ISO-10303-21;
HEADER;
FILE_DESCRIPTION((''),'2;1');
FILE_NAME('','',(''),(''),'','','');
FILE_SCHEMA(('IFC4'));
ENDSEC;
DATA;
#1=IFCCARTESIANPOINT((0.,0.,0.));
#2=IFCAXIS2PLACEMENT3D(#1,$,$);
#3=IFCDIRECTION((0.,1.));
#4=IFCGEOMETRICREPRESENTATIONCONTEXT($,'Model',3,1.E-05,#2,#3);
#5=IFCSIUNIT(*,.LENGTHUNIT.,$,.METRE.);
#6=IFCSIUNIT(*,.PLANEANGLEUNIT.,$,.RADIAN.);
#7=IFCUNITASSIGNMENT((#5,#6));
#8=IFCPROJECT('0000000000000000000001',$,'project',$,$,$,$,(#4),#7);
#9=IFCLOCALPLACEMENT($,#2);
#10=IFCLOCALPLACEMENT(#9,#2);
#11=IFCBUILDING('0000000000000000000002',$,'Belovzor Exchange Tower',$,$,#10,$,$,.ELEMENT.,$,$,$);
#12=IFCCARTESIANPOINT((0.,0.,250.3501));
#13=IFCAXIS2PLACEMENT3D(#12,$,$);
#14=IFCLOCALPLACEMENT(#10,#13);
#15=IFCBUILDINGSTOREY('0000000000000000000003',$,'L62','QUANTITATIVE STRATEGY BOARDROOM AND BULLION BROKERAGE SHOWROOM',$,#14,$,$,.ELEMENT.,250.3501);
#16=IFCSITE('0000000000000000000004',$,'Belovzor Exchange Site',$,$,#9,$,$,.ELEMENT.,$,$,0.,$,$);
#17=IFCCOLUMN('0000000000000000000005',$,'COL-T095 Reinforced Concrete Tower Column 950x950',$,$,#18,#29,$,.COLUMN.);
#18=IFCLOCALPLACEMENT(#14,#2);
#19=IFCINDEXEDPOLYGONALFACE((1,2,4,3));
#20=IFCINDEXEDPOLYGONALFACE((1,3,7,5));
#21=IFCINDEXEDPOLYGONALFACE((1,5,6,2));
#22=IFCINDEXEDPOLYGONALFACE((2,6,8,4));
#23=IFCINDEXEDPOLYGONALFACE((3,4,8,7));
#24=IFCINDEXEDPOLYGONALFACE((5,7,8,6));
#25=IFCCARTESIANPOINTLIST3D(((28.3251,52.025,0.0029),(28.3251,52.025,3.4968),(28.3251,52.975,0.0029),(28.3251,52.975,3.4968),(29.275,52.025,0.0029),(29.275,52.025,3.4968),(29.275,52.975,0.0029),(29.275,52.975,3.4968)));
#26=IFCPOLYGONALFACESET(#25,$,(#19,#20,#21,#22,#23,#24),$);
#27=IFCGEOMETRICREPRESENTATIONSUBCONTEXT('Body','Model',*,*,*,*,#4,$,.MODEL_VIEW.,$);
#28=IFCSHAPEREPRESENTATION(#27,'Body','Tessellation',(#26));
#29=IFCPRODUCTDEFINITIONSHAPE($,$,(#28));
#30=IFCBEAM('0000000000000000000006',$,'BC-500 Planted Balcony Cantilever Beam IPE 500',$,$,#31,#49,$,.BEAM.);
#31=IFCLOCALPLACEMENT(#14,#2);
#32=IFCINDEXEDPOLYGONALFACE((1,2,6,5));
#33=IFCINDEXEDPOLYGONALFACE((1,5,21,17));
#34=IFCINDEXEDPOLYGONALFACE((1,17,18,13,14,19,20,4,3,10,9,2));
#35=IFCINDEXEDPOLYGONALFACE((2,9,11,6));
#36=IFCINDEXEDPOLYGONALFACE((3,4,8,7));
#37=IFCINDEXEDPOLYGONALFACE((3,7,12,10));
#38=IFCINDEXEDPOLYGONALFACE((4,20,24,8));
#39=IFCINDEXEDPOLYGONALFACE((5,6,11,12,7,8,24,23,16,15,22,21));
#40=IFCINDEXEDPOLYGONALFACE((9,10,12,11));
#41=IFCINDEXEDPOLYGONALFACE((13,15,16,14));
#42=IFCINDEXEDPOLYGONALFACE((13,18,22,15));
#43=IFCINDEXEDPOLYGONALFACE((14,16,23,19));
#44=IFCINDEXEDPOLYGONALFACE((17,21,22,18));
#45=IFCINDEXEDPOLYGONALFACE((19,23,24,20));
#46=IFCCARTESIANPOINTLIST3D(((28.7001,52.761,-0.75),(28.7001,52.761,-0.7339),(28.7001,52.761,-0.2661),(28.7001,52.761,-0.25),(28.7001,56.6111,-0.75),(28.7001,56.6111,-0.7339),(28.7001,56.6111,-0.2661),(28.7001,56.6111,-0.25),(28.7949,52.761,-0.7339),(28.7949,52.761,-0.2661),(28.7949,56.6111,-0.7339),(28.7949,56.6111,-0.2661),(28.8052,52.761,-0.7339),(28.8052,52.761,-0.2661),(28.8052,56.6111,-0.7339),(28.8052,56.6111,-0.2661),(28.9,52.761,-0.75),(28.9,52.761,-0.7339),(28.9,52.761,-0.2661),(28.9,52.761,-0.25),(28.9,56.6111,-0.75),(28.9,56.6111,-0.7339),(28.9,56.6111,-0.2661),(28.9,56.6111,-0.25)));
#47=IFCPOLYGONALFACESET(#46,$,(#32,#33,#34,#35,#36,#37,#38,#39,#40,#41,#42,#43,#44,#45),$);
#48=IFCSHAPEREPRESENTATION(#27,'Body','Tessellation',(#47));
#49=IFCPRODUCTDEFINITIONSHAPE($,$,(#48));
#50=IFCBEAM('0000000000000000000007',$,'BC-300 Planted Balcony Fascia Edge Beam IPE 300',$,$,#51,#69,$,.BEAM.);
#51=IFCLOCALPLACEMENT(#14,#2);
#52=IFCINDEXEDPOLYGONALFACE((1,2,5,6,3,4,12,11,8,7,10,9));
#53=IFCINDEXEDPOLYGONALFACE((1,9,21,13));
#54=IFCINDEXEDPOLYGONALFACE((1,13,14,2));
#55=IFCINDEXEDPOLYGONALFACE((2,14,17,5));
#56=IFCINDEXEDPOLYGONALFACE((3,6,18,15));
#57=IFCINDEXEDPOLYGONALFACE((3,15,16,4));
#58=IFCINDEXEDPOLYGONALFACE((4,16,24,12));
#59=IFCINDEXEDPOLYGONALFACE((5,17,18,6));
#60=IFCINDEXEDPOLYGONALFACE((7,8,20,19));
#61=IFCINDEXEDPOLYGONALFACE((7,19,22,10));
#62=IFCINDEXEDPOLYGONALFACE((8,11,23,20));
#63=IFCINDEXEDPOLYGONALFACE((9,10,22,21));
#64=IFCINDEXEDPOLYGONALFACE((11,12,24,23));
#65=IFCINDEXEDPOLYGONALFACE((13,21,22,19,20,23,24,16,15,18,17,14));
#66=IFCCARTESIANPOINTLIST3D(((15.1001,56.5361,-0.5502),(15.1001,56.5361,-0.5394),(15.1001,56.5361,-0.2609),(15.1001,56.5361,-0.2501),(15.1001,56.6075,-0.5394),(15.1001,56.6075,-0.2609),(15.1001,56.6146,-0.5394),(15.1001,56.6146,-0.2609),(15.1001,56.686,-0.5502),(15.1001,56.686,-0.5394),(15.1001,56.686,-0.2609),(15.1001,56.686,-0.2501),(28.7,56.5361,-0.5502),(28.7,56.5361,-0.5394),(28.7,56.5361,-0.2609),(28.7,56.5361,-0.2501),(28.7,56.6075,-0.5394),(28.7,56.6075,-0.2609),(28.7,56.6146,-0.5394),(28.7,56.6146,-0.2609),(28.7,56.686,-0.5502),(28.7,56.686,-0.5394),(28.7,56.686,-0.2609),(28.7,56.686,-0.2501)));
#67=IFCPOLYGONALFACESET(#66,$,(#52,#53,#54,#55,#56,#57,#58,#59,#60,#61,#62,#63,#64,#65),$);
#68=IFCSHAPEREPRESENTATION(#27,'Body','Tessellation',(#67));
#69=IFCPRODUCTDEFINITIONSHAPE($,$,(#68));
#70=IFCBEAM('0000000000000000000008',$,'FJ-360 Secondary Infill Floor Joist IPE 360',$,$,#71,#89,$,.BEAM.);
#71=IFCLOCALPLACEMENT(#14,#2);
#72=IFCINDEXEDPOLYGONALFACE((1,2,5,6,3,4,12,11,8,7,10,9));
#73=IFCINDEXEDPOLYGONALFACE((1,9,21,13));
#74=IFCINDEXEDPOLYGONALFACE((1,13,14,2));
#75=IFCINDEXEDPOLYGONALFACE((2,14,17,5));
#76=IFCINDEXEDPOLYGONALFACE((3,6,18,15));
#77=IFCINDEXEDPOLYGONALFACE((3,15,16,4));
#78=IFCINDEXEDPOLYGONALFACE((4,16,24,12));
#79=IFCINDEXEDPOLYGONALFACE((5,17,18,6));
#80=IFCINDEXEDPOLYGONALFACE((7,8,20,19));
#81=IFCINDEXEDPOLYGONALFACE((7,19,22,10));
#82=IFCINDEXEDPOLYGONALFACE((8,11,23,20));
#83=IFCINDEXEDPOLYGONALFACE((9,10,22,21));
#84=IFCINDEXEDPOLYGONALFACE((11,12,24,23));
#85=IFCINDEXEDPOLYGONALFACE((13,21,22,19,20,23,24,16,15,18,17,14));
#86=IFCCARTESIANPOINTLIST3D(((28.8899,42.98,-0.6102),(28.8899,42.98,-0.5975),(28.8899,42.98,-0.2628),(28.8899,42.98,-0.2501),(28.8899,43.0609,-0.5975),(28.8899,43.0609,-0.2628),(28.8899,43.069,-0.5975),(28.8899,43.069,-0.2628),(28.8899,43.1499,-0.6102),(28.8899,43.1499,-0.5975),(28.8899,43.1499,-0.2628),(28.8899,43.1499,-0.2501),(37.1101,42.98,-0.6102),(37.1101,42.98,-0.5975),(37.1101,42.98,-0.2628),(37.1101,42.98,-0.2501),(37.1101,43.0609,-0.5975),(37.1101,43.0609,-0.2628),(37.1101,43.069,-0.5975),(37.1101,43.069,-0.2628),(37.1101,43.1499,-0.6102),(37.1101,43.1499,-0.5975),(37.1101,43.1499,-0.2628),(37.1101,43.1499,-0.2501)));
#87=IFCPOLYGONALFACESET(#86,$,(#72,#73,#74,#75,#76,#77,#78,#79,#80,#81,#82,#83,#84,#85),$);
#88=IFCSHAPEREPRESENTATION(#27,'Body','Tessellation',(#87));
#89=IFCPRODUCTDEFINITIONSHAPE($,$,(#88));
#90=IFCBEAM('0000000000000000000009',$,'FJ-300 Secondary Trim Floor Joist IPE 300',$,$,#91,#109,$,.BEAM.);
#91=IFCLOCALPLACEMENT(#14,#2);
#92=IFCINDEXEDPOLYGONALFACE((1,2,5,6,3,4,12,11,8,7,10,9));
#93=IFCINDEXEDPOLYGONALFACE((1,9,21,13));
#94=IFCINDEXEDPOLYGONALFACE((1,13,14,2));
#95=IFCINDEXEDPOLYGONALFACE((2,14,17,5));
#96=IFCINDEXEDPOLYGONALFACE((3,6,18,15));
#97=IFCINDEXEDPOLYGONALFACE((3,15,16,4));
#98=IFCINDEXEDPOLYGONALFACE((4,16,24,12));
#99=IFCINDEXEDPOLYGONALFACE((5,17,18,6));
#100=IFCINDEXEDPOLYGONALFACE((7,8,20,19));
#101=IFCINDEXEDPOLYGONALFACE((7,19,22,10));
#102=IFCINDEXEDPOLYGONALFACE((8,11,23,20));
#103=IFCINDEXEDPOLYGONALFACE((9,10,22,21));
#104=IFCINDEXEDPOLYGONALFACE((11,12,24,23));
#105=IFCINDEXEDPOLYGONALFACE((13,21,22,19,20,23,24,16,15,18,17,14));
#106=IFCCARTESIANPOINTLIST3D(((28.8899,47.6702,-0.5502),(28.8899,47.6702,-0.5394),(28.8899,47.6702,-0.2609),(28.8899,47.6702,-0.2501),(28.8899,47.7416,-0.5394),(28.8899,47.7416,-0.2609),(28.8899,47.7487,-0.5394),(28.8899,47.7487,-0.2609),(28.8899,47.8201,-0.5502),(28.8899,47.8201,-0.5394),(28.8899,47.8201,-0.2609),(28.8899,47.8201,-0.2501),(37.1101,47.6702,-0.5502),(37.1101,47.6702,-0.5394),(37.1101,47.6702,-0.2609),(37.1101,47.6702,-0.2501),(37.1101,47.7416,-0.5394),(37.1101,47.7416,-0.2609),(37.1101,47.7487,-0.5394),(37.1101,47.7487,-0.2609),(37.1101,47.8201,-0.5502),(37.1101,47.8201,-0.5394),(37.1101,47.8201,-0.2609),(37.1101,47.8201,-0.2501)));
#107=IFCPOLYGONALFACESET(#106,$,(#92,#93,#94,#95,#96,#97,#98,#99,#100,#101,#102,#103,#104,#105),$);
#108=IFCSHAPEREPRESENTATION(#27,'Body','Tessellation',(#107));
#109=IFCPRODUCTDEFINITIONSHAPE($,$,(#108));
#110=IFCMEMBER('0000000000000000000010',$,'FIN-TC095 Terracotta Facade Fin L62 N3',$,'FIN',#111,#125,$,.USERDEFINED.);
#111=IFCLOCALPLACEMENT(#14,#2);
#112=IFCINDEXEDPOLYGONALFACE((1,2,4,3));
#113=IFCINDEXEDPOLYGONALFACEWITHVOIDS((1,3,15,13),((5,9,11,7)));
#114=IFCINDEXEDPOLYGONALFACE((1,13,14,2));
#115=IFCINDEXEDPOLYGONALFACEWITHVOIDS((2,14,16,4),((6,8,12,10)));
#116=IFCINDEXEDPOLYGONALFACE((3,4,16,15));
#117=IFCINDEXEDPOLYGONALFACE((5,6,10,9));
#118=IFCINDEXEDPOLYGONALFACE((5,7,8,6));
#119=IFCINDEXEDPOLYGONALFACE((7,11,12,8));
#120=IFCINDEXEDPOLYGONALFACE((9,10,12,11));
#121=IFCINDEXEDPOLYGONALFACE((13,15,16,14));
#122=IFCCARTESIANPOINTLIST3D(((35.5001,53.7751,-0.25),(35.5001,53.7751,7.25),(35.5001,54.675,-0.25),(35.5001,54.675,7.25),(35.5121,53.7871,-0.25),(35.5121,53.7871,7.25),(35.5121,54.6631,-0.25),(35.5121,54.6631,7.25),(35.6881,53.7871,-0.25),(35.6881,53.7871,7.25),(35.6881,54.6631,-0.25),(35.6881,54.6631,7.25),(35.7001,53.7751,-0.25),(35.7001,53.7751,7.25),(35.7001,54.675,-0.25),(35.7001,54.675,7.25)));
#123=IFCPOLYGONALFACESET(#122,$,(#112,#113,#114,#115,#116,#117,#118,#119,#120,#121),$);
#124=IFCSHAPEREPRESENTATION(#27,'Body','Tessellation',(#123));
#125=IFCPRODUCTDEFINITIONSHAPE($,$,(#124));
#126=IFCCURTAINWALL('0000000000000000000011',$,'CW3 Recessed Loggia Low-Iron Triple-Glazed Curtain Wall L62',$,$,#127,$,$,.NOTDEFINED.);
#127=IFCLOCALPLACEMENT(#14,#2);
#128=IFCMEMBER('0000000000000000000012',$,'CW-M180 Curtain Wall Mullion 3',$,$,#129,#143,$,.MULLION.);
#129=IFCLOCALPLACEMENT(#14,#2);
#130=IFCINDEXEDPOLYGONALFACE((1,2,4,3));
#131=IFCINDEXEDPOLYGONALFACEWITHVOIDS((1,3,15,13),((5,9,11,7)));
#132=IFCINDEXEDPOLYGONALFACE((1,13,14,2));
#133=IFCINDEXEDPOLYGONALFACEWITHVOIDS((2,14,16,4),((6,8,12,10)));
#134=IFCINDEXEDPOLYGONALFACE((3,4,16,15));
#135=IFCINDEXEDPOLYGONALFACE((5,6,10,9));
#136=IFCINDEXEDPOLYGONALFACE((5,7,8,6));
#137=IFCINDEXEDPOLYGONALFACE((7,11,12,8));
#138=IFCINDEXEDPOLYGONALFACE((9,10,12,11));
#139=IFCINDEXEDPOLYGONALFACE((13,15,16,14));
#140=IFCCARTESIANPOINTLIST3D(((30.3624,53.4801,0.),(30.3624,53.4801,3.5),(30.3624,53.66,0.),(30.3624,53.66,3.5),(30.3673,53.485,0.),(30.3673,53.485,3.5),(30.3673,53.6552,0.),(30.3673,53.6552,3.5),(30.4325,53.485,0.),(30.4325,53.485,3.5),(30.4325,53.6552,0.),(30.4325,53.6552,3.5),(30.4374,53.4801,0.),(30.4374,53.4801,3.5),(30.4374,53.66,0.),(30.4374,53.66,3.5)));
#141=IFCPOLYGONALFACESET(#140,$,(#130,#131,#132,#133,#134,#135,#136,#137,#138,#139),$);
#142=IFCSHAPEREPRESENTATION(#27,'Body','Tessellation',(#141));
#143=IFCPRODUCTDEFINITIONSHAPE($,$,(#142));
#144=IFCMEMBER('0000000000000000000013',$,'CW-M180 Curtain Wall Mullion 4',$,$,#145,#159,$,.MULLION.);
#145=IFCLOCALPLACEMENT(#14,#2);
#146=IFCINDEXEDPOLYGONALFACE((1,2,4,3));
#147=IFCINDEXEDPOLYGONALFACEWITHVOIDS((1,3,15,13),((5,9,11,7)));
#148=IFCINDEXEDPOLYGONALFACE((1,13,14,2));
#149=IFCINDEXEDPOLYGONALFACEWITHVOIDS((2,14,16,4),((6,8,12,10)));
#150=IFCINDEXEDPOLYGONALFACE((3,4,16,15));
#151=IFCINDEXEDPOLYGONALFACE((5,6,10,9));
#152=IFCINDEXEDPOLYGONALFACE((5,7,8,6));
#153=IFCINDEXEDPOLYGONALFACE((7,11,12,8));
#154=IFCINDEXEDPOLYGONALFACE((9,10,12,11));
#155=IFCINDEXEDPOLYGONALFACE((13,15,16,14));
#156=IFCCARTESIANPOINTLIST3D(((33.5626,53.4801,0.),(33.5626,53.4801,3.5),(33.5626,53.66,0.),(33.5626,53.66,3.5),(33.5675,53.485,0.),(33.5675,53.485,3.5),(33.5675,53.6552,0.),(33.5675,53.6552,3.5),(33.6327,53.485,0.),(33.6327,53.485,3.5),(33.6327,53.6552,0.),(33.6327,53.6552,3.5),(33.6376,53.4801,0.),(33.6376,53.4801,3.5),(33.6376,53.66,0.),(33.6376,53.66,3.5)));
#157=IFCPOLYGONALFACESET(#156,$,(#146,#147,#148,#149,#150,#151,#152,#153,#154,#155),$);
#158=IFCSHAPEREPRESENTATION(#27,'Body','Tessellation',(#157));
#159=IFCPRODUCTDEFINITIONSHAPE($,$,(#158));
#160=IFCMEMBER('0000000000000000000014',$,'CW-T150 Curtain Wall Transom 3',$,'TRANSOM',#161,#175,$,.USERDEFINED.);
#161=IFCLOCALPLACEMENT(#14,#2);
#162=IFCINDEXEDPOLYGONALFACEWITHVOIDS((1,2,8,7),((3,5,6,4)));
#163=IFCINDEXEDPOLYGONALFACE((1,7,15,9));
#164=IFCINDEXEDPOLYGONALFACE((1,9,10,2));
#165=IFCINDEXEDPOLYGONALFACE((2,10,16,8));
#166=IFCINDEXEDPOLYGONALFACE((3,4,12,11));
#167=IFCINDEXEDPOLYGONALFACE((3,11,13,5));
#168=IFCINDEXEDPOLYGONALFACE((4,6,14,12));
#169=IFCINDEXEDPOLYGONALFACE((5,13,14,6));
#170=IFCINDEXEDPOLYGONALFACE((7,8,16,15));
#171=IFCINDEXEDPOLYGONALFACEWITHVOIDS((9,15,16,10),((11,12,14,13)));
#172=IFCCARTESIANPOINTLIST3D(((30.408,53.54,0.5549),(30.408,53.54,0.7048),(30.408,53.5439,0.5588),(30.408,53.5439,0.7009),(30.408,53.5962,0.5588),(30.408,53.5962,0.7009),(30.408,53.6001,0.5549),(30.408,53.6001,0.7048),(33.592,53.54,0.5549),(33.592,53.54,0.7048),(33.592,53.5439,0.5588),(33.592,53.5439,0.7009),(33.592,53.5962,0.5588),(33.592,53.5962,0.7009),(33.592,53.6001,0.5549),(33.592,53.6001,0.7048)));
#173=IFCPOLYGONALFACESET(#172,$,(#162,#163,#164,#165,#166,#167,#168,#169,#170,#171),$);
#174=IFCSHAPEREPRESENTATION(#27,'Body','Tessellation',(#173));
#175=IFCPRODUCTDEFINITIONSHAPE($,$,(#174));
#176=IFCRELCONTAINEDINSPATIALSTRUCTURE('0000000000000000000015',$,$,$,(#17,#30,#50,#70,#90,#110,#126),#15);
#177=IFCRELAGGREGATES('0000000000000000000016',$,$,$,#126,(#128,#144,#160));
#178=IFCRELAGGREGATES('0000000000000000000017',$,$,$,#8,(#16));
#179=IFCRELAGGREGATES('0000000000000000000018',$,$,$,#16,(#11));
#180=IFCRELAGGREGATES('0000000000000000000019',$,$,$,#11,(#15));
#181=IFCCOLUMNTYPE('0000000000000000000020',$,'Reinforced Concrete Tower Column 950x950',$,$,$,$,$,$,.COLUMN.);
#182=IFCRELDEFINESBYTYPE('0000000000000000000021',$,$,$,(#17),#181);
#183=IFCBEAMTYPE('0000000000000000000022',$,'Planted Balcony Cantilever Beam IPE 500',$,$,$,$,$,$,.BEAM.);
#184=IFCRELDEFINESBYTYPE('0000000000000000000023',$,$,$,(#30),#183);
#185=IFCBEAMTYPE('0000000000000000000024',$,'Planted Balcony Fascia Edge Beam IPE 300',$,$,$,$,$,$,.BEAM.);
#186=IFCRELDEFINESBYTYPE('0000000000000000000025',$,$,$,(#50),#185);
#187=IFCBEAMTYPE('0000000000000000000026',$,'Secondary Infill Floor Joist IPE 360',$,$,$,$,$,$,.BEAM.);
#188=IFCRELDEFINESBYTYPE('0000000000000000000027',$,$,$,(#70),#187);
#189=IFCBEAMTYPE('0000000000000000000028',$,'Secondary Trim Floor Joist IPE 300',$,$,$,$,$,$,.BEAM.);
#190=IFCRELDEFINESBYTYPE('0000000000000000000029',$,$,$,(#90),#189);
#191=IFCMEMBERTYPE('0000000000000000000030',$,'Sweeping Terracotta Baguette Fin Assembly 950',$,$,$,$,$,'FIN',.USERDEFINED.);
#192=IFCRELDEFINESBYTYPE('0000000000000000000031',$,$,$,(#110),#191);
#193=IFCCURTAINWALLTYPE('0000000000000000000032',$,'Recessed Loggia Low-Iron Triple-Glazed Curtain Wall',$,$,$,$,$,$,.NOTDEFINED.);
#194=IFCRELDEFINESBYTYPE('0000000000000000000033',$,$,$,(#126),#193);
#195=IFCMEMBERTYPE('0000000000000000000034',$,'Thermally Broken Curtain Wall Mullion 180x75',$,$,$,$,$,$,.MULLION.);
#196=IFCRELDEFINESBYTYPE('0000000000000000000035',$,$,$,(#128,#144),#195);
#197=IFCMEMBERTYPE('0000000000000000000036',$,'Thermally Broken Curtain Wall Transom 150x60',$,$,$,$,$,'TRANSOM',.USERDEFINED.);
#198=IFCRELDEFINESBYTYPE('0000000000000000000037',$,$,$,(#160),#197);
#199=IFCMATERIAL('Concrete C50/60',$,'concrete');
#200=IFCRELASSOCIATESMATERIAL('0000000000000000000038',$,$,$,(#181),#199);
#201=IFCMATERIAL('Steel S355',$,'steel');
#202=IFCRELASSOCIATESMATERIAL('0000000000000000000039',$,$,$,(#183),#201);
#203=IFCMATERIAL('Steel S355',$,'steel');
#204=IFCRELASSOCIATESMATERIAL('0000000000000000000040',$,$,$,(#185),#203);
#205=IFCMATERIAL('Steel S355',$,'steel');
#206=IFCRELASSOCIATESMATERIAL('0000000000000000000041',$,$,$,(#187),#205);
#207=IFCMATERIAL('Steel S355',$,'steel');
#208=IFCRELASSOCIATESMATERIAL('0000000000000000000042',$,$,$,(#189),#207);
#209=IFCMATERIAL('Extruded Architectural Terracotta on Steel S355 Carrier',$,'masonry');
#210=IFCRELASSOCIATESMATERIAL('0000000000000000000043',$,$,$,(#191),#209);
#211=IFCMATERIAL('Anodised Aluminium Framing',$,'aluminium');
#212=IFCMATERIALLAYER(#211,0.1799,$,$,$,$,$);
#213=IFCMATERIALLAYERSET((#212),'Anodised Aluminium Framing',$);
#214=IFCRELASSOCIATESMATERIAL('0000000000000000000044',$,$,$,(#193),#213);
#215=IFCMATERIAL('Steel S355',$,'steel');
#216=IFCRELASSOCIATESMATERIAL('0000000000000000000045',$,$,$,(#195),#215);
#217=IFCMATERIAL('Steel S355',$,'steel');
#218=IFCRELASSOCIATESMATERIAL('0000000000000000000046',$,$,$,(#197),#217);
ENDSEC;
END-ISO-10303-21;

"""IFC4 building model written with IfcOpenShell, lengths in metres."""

from ifc_helpers import new_model, si_unit, direction, frame, origin, origin_2d, place, context, subcontext, project, spatial, rectangle, hollow_rectangle, i_section, extrude, material, layer, layer_set, material_profile, profile_set, type_object, element, aggregate, save


model = new_model("IFC4")

# Units and contexts
model_context = context("Model", 3, precision=1e-05, world=origin(), true_north=direction((0.0, 1.0)))
body_context = subcontext(model_context, "Body", "Model", "MODEL_VIEW")
ifc_project = project(units=[si_unit("LENGTHUNIT", "METRE"), si_unit("PLANEANGLEUNIT", "RADIAN")], contexts=[model_context])

# Site, building, storey
site_placement = place(None, origin())
site = spatial("IfcSite", under=ifc_project, at=site_placement, Name="Belovzor Exchange Site", CompositionType="ELEMENT", RefElevation=0.0)
building_placement = place(site_placement, origin())
building = spatial("IfcBuilding", under=site, at=building_placement, Name="Belovzor Exchange Tower", CompositionType="ELEMENT")
storey_placement = place(building_placement, frame((0.0, 0.0, 250.3501)))
storey = spatial("IfcBuildingStorey", under=building, at=storey_placement, Name="L62", Description="QUANTITATIVE STRATEGY BOARDROOM AND BULLION BROKERAGE SHOWROOM", CompositionType="ELEMENT", Elevation=250.3501)

# Column
ifc_material_1 = material(Name="Concrete C50/60", Category="concrete")
ifc_material_profile_1 = material_profile(ifc_material_1, rectangle(XDim=0.95, YDim=0.95, at=origin_2d()))
ifc_profile_set_1 = profile_set([ifc_material_profile_1], Name="Concrete C50/60")
column_type = type_object("IfcColumnType", Name="Reinforced Concrete Tower Column 950x950", PredefinedType="COLUMN", material=ifc_profile_set_1)
column_placement = place(storey_placement, frame((28.8, 52.5, 0.0029), z_axis=(0.0, 0.0, 1.0), x_axis=(1.0, 0.0, 0.0)))
element("IfcColumn", 1, at=column_placement, inside=storey, type_object=column_type, Name="COL-T095 Reinforced Concrete Tower Column 950x950", PredefinedType="COLUMN", context=body_context, shape_type="SweptSolid", body=[
    extrude(rectangle(XDim=0.95, YDim=0.95, at=origin_2d()), origin(), (0.0, 0.0, 1.0), 3.4939),
])

# Beams
ifc_material_2 = material(Name="Steel S355", Category="steel")
ifc_material_profile_2 = material_profile(ifc_material_2, i_section(OverallWidth=0.2, OverallDepth=0.5, WebThickness=0.0103, FlangeThickness=0.0161, at=origin_2d()))
ifc_profile_set_2 = profile_set([ifc_material_profile_2], Name="Steel S355")
beam_type_1 = type_object("IfcBeamType", Name="Planted Balcony Cantilever Beam IPE 500", PredefinedType="BEAM", material=ifc_profile_set_2)
beam_1_placement = place(storey_placement, frame((28.8, 52.761, -0.5), z_axis=(0.0, 1.0, 0.0), x_axis=(-1.0, 0.0, 0.0)))
element("IfcBeam", 2, at=beam_1_placement, inside=storey, type_object=beam_type_1, Name="BC-500 Planted Balcony Cantilever Beam IPE 500", PredefinedType="BEAM", context=body_context, shape_type="SweptSolid", body=[
    extrude(i_section(OverallWidth=0.2, OverallDepth=0.5, WebThickness=0.0103, FlangeThickness=0.0161, at=origin_2d()), origin(), (0.0, 0.0, 1.0), 3.8501),
])
ifc_material_3 = material(Name="Steel S355", Category="steel")
ifc_material_profile_3 = material_profile(ifc_material_3, i_section(OverallWidth=0.1499, OverallDepth=0.3, WebThickness=0.0071, FlangeThickness=0.0107, at=origin_2d()))
ifc_profile_set_3 = profile_set([ifc_material_profile_3], Name="Steel S355")
beam_type_2 = type_object("IfcBeamType", Name="Planted Balcony Fascia Edge Beam IPE 300", PredefinedType="BEAM", material=ifc_profile_set_3)
beam_2_placement = place(storey_placement, frame((28.7, 56.6111, -0.4001), z_axis=(-1.0, 0.0, 0.0), x_axis=(0.0, -1.0, 0.0)))
element("IfcBeam", 3, at=beam_2_placement, inside=storey, type_object=beam_type_2, Name="BC-300 Planted Balcony Fascia Edge Beam IPE 300", PredefinedType="BEAM", context=body_context, shape_type="SweptSolid", body=[
    extrude(i_section(OverallWidth=0.1499, OverallDepth=0.3, WebThickness=0.0071, FlangeThickness=0.0107, at=origin_2d()), origin(), (0.0, 0.0, 1.0), 13.5999),
])
ifc_material_4 = material(Name="Steel S355", Category="steel")
ifc_material_profile_4 = material_profile(ifc_material_4, i_section(OverallWidth=0.1699, OverallDepth=0.3601, WebThickness=0.0081, FlangeThickness=0.0127, at=origin_2d()))
ifc_profile_set_4 = profile_set([ifc_material_profile_4], Name="Steel S355")
beam_type_3 = type_object("IfcBeamType", Name="Secondary Infill Floor Joist IPE 360", PredefinedType="BEAM", material=ifc_profile_set_4)
beam_3_placement = place(storey_placement, frame((28.8899, 43.0649, -0.4302), z_axis=(1.0, 0.0, 0.0), x_axis=(0.0, 1.0, 0.0)))
element("IfcBeam", 4, at=beam_3_placement, inside=storey, type_object=beam_type_3, Name="FJ-360 Secondary Infill Floor Joist IPE 360", PredefinedType="BEAM", context=body_context, shape_type="SweptSolid", body=[
    extrude(i_section(OverallWidth=0.1699, OverallDepth=0.3601, WebThickness=0.0081, FlangeThickness=0.0127, at=origin_2d()), origin(), (0.0, 0.0, 1.0), 8.2202),
])
ifc_material_5 = material(Name="Steel S355", Category="steel")
ifc_material_profile_5 = material_profile(ifc_material_5, i_section(OverallWidth=0.1499, OverallDepth=0.3, WebThickness=0.0071, FlangeThickness=0.0107, at=origin_2d()))
ifc_profile_set_5 = profile_set([ifc_material_profile_5], Name="Steel S355")
beam_type_4 = type_object("IfcBeamType", Name="Secondary Trim Floor Joist IPE 300", PredefinedType="BEAM", material=ifc_profile_set_5)
beam_4_placement = place(storey_placement, frame((28.8899, 47.7451, -0.4001), z_axis=(1.0, 0.0, 0.0), x_axis=(0.0, 1.0, 0.0)))
element("IfcBeam", 5, at=beam_4_placement, inside=storey, type_object=beam_type_4, Name="FJ-300 Secondary Trim Floor Joist IPE 300", PredefinedType="BEAM", context=body_context, shape_type="SweptSolid", body=[
    extrude(i_section(OverallWidth=0.1499, OverallDepth=0.3, WebThickness=0.0071, FlangeThickness=0.0107, at=origin_2d()), origin(), (0.0, 0.0, 1.0), 8.2202),
])

# Member
ifc_material_6 = material(Name="Extruded Architectural Terracotta on Steel S355 Carrier", Category="masonry")
ifc_material_profile_6 = material_profile(ifc_material_6, hollow_rectangle(XDim=0.2, YDim=0.8999, WallThickness=0.012, at=origin_2d()))
ifc_profile_set_6 = profile_set([ifc_material_profile_6], Name="Extruded Architectural Terracotta on Steel S355 Carrier")
member_type_1 = type_object("IfcMemberType", Name="Sweeping Terracotta Baguette Fin Assembly 950", ElementType="FIN", PredefinedType="USERDEFINED", material=ifc_profile_set_6)
member_1_placement = place(storey_placement, frame((35.6001, 54.2251, -0.25), z_axis=(0.0, 0.0, 1.0), x_axis=(1.0, 0.0, 0.0)))
element("IfcMember", 6, at=member_1_placement, inside=storey, type_object=member_type_1, Name="FIN-TC095 Terracotta Facade Fin L62 N3", ObjectType="FIN", PredefinedType="USERDEFINED", context=body_context, shape_type="SweptSolid", body=[
    extrude(hollow_rectangle(XDim=0.2, YDim=0.8999, WallThickness=0.012, at=origin_2d()), origin(), (0.0, 0.0, 1.0), 7.5),
])

# Curtain wall, members
ifc_material_7 = material(Name="Anodised Aluminium Framing", Category="aluminium")
ifc_layer_1 = layer(ifc_material_7, 0.1799)
ifc_layer_set_1 = layer_set([ifc_layer_1], Name="Anodised Aluminium Framing")
curtain_wall_type = type_object("IfcCurtainWallType", Name="Recessed Loggia Low-Iron Triple-Glazed Curtain Wall", PredefinedType="NOTDEFINED", material=ifc_layer_set_1)
curtain_wall_placement = place(storey_placement, origin())
curtain_wall = element("IfcCurtainWall", 7, at=curtain_wall_placement, inside=storey, type_object=curtain_wall_type, Name="CW3 Recessed Loggia Low-Iron Triple-Glazed Curtain Wall L62", PredefinedType="NOTDEFINED")
ifc_material_8 = material(Name="Steel S355", Category="steel")
ifc_material_profile_7 = material_profile(ifc_material_8, hollow_rectangle(XDim=0.075, YDim=0.1799, WallThickness=0.0049, at=origin_2d()))
ifc_profile_set_7 = profile_set([ifc_material_profile_7], Name="Steel S355")
member_type_2 = type_object("IfcMemberType", Name="Thermally Broken Curtain Wall Mullion 180x75", PredefinedType="MULLION", material=ifc_profile_set_7)
member_2_placement = place(storey_placement, frame((30.3999, 53.5701, 0.0), z_axis=(0.0, 0.0, 1.0), x_axis=(1.0, 0.0, 0.0)))
member_2 = element("IfcMember", 8, at=member_2_placement, type_object=member_type_2, Name="CW-M180 Curtain Wall Mullion 3", PredefinedType="MULLION", context=body_context, shape_type="SweptSolid", body=[
    extrude(hollow_rectangle(XDim=0.075, YDim=0.1799, WallThickness=0.0049, at=origin_2d()), origin(), (0.0, 0.0, 1.0), 3.5),
])
member_3_placement = place(storey_placement, frame((33.6001, 53.5701, 0.0), z_axis=(0.0, 0.0, 1.0), x_axis=(1.0, 0.0, 0.0)))
member_3 = element("IfcMember", 9, at=member_3_placement, type_object=member_type_2, Name="CW-M180 Curtain Wall Mullion 4", PredefinedType="MULLION", context=body_context, shape_type="SweptSolid", body=[
    extrude(hollow_rectangle(XDim=0.075, YDim=0.1799, WallThickness=0.0049, at=origin_2d()), origin(), (0.0, 0.0, 1.0), 3.5),
])
ifc_material_9 = material(Name="Steel S355", Category="steel")
ifc_material_profile_8 = material_profile(ifc_material_9, hollow_rectangle(XDim=0.0601, YDim=0.1499, WallThickness=0.0039, at=origin_2d()))
ifc_profile_set_8 = profile_set([ifc_material_profile_8], Name="Steel S355")
member_type_3 = type_object("IfcMemberType", Name="Thermally Broken Curtain Wall Transom 150x60", ElementType="TRANSOM", PredefinedType="USERDEFINED", material=ifc_profile_set_8)
member_4_placement = place(storey_placement, frame((30.408, 53.5701, 0.6299), z_axis=(1.0, 0.0, 0.0), x_axis=(0.0, 1.0, 0.0)))
member_4 = element("IfcMember", 10, at=member_4_placement, type_object=member_type_3, Name="CW-T150 Curtain Wall Transom 3", ObjectType="TRANSOM", PredefinedType="USERDEFINED", context=body_context, shape_type="SweptSolid", body=[
    extrude(hollow_rectangle(XDim=0.0601, YDim=0.1499, WallThickness=0.0039, at=origin_2d()), origin(), (0.0, 0.0, 1.0), 3.1841),
])

aggregate(curtain_wall, [member_2, member_3, member_4])

save(model, "model.ifc")
